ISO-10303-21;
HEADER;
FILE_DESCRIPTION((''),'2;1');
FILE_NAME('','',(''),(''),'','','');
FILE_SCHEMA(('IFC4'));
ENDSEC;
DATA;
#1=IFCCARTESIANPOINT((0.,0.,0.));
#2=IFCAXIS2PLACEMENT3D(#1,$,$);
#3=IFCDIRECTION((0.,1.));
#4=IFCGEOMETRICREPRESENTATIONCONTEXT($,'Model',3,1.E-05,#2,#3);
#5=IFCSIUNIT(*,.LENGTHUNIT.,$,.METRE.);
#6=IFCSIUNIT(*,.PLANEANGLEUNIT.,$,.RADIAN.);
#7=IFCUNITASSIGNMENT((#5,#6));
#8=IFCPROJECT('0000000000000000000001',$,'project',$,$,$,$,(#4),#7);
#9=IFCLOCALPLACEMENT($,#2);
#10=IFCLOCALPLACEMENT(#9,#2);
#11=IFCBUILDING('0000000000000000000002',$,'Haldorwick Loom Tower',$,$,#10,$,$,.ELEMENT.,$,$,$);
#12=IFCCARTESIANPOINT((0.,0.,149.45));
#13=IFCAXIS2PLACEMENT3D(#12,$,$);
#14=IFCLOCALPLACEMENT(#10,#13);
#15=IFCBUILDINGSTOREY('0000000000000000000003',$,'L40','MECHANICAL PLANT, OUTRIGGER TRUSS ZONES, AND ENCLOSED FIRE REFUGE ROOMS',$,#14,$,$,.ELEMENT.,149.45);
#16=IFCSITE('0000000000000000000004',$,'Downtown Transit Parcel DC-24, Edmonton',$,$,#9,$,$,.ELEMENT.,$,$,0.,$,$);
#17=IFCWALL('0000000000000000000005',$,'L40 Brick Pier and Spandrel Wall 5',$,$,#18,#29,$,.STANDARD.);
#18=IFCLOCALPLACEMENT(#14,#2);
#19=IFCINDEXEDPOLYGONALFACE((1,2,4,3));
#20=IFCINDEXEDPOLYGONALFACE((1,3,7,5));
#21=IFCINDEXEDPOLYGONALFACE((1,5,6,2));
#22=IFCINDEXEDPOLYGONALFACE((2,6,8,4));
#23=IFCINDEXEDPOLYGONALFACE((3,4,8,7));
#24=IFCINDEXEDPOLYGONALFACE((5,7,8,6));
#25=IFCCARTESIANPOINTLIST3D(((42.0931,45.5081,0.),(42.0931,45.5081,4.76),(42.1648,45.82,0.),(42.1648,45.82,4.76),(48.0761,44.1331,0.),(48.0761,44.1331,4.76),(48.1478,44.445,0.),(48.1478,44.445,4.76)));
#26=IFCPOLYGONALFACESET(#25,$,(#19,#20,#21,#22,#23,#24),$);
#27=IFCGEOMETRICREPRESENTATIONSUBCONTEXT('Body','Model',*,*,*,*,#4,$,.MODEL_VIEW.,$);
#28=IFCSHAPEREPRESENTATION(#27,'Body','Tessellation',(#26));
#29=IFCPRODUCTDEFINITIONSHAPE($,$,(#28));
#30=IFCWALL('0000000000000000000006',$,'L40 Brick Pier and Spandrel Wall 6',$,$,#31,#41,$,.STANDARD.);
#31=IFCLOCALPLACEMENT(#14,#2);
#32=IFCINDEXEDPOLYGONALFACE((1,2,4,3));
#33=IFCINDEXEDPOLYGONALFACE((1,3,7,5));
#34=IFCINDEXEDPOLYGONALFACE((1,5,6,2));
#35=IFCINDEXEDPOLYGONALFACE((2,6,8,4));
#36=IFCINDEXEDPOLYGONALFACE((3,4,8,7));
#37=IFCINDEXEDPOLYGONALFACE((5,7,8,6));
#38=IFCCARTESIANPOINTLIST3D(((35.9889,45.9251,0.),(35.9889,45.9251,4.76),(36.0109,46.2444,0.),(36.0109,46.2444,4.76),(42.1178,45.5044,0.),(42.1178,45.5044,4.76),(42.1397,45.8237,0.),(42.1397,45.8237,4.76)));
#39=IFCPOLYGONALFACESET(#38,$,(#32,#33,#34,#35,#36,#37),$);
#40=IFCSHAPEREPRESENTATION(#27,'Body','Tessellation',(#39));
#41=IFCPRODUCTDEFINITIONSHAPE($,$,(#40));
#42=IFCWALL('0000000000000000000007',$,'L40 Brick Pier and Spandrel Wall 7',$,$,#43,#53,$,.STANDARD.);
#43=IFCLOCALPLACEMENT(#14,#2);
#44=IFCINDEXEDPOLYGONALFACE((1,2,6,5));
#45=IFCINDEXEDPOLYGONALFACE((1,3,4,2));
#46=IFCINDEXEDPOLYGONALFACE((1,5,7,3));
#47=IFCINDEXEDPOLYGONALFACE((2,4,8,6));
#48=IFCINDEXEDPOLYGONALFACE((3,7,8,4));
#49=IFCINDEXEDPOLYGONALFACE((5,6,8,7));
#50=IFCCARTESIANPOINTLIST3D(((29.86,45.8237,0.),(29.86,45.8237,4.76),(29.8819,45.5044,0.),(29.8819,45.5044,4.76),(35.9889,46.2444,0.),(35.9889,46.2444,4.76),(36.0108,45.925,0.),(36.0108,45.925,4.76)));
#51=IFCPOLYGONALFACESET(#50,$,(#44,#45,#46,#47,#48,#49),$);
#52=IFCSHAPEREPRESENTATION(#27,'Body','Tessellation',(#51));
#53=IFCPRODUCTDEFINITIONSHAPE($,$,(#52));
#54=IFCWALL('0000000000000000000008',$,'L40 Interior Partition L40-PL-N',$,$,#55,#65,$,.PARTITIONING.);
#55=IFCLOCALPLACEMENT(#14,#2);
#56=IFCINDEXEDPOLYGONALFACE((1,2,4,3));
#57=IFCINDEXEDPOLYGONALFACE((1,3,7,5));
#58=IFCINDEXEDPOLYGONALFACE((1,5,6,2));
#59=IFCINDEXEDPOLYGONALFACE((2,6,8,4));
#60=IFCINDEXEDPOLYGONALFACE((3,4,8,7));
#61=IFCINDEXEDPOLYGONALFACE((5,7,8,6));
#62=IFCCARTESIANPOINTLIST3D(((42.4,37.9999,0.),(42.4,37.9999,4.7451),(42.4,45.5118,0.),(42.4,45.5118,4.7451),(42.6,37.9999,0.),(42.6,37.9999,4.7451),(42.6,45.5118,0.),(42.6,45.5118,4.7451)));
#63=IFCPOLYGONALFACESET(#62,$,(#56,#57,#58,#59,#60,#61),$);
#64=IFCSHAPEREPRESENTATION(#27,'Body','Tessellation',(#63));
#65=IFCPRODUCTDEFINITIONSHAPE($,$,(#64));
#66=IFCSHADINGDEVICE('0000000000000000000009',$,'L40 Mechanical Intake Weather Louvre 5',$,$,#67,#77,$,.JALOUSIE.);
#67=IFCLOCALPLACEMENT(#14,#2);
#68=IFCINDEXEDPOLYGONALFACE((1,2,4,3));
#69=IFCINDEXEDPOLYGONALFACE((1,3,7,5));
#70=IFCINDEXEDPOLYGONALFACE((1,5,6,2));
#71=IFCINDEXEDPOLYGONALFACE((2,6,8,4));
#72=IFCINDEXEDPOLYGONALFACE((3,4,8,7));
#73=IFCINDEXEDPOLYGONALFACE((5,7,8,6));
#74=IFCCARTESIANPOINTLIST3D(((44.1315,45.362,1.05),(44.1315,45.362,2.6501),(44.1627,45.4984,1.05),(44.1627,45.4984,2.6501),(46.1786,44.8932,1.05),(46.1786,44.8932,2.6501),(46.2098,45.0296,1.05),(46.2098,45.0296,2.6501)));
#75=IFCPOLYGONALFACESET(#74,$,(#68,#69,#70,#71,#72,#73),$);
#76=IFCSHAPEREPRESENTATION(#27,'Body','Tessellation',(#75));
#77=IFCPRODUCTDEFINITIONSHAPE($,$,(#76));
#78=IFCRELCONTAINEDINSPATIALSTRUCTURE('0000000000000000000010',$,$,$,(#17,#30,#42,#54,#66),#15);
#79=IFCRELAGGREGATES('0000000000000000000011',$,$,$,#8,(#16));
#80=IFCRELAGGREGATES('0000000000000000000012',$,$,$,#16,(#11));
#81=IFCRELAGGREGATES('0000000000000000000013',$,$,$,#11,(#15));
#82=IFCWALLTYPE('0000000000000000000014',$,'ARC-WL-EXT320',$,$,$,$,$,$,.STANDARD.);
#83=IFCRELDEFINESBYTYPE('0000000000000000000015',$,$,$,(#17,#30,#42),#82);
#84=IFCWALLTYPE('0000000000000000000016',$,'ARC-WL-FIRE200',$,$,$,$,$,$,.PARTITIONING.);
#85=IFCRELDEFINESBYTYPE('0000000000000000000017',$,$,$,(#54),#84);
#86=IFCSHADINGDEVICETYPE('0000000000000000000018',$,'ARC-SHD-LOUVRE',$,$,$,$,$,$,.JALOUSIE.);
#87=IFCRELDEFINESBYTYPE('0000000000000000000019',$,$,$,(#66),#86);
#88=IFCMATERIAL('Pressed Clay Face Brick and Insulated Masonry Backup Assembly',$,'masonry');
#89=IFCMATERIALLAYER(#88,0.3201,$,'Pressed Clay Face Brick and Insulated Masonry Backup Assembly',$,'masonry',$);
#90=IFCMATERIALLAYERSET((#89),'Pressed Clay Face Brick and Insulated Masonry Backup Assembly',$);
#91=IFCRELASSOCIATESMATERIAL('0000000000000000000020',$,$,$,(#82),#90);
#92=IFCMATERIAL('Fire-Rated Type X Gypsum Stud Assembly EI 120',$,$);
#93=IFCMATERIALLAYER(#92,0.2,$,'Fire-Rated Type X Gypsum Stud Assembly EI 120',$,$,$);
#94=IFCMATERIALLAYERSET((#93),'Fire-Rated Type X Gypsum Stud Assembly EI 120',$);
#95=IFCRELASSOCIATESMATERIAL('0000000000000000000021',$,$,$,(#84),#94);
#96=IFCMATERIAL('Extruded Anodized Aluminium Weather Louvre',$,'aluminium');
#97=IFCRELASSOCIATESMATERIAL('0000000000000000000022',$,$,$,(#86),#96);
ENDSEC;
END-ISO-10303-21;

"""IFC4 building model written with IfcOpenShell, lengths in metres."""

from ifc_helpers import new_model, si_unit, direction, frame, frame_2d, origin, origin_2d, place, context, subcontext, project, spatial, rectangle, extrude, material, layer, layer_set, type_object, element, save


model = new_model("IFC4")

# Units and contexts
model_context = context("Model", 3, precision=1e-05, world=origin(), true_north=direction((0.0, 1.0)))
body_context = subcontext(model_context, "Body", "Model", "MODEL_VIEW")
ifc_project = project(units=[si_unit("LENGTHUNIT", "METRE"), si_unit("PLANEANGLEUNIT", "RADIAN")], contexts=[model_context])

# Site, building, storey
site_placement = place(None, origin())
site = spatial("IfcSite", under=ifc_project, at=site_placement, Name="Downtown Transit Parcel DC-24, Edmonton", CompositionType="ELEMENT", RefElevation=0.0)
building_placement = place(site_placement, origin())
building = spatial("IfcBuilding", under=site, at=building_placement, Name="Haldorwick Loom Tower", CompositionType="ELEMENT")
storey_placement = place(building_placement, frame((0.0, 0.0, 149.45)))
storey = spatial("IfcBuildingStorey", under=building, at=storey_placement, Name="L40", Description="MECHANICAL PLANT, OUTRIGGER TRUSS ZONES, AND ENCLOSED FIRE REFUGE ROOMS", CompositionType="ELEMENT", Elevation=149.45)

# Walls
ifc_material_1 = material(Name="Pressed Clay Face Brick and Insulated Masonry Backup Assembly", Category="masonry")
ifc_layer_1 = layer(ifc_material_1, 0.3201, Name="Pressed Clay Face Brick and Insulated Masonry Backup Assembly", Category="masonry")
ifc_layer_set_1 = layer_set([ifc_layer_1], Name="Pressed Clay Face Brick and Insulated Masonry Backup Assembly")
wall_type_1 = type_object("IfcWallType", Name="ARC-WL-EXT320", PredefinedType="STANDARD", material=ifc_layer_set_1)
wall_1_placement = place(storey_placement, frame((48.1118, 44.2891, 0.0), z_axis=(0.0, 0.0, 1.0), x_axis=(-0.974593, 0.223982, 0.0)))
element("IfcWall", 1, at=wall_1_placement, inside=storey, type_object=wall_type_1, Name="L40 Brick Pier and Spandrel Wall 5", PredefinedType="STANDARD", context=body_context, shape_type="SweptSolid", body=[
    extrude(rectangle(XDim=6.1389, YDim=0.3201, at=frame_2d((3.0693, 0.0))), origin(), (0.0, 0.0, 1.0), 4.76),
])
for number, where, z_axis, x_axis, name in (
    (2, (42.1289, 45.6641, 0.0), (0.0, 0.0, 1.0), (-0.997653, 0.068473, 0.0), "L40 Brick Pier and Spandrel Wall 6"),
    (3, (36.0, 46.0847, 0.0), (0.0, 0.0, 1.0), (-0.997653, -0.068473, 0.0), "L40 Brick Pier and Spandrel Wall 7"),
):
    element("IfcWall", number, at=place(storey_placement, frame(where, z_axis=z_axis, x_axis=x_axis)), inside=storey, type_object=wall_type_1, Name=name, PredefinedType="STANDARD", context=body_context, shape_type="SweptSolid", body=[
        extrude(rectangle(XDim=6.1433, YDim=0.3201, at=frame_2d((3.0718, 0.0))), origin(), (0.0, 0.0, 1.0), 4.76),
    ])
ifc_material_2 = material(Name="Fire-Rated Type X Gypsum Stud Assembly EI 120")
ifc_layer_2 = layer(ifc_material_2, 0.2, Name="Fire-Rated Type X Gypsum Stud Assembly EI 120")
ifc_layer_set_2 = layer_set([ifc_layer_2], Name="Fire-Rated Type X Gypsum Stud Assembly EI 120")
wall_type_2 = type_object("IfcWallType", Name="ARC-WL-FIRE200", PredefinedType="PARTITIONING", material=ifc_layer_set_2)
wall_2_placement = place(storey_placement, frame((42.5, 38.0, 0.0), z_axis=(0.0, 0.0, 1.0), x_axis=(0.0, 1.0, 0.0)))
element("IfcWall", 4, at=wall_2_placement, inside=storey, type_object=wall_type_2, Name="L40 Interior Partition L40-PL-N", PredefinedType="PARTITIONING", context=body_context, shape_type="SweptSolid", body=[
    extrude(rectangle(XDim=7.512, YDim=0.2, at=frame_2d((3.7559, 0.0))), origin(), (0.0, 0.0, 1.0), 4.7451),
])

# Shading device
ifc_material_3 = material(Name="Extruded Anodized Aluminium Weather Louvre", Category="aluminium")
shading_device_type = type_object("IfcShadingDeviceType", Name="ARC-SHD-LOUVRE", PredefinedType="JALOUSIE", material=ifc_material_3)
shading_device_placement = place(storey_placement, frame((45.1707, 45.1958, 1.05), z_axis=(0.0, 0.0, 1.0), x_axis=(-0.974761, 0.22325, 0.0)))
element("IfcShadingDevice", 5, at=shading_device_placement, inside=storey, type_object=shading_device_type, Name="L40 Mechanical Intake Weather Louvre 5", PredefinedType="JALOUSIE", context=body_context, shape_type="SweptSolid", body=[
    extrude(rectangle(XDim=2.1001, YDim=0.1399, at=origin_2d()), origin(), (0.0, 0.0, 1.0), 1.6001),
])

save(model, "model.ifc")
